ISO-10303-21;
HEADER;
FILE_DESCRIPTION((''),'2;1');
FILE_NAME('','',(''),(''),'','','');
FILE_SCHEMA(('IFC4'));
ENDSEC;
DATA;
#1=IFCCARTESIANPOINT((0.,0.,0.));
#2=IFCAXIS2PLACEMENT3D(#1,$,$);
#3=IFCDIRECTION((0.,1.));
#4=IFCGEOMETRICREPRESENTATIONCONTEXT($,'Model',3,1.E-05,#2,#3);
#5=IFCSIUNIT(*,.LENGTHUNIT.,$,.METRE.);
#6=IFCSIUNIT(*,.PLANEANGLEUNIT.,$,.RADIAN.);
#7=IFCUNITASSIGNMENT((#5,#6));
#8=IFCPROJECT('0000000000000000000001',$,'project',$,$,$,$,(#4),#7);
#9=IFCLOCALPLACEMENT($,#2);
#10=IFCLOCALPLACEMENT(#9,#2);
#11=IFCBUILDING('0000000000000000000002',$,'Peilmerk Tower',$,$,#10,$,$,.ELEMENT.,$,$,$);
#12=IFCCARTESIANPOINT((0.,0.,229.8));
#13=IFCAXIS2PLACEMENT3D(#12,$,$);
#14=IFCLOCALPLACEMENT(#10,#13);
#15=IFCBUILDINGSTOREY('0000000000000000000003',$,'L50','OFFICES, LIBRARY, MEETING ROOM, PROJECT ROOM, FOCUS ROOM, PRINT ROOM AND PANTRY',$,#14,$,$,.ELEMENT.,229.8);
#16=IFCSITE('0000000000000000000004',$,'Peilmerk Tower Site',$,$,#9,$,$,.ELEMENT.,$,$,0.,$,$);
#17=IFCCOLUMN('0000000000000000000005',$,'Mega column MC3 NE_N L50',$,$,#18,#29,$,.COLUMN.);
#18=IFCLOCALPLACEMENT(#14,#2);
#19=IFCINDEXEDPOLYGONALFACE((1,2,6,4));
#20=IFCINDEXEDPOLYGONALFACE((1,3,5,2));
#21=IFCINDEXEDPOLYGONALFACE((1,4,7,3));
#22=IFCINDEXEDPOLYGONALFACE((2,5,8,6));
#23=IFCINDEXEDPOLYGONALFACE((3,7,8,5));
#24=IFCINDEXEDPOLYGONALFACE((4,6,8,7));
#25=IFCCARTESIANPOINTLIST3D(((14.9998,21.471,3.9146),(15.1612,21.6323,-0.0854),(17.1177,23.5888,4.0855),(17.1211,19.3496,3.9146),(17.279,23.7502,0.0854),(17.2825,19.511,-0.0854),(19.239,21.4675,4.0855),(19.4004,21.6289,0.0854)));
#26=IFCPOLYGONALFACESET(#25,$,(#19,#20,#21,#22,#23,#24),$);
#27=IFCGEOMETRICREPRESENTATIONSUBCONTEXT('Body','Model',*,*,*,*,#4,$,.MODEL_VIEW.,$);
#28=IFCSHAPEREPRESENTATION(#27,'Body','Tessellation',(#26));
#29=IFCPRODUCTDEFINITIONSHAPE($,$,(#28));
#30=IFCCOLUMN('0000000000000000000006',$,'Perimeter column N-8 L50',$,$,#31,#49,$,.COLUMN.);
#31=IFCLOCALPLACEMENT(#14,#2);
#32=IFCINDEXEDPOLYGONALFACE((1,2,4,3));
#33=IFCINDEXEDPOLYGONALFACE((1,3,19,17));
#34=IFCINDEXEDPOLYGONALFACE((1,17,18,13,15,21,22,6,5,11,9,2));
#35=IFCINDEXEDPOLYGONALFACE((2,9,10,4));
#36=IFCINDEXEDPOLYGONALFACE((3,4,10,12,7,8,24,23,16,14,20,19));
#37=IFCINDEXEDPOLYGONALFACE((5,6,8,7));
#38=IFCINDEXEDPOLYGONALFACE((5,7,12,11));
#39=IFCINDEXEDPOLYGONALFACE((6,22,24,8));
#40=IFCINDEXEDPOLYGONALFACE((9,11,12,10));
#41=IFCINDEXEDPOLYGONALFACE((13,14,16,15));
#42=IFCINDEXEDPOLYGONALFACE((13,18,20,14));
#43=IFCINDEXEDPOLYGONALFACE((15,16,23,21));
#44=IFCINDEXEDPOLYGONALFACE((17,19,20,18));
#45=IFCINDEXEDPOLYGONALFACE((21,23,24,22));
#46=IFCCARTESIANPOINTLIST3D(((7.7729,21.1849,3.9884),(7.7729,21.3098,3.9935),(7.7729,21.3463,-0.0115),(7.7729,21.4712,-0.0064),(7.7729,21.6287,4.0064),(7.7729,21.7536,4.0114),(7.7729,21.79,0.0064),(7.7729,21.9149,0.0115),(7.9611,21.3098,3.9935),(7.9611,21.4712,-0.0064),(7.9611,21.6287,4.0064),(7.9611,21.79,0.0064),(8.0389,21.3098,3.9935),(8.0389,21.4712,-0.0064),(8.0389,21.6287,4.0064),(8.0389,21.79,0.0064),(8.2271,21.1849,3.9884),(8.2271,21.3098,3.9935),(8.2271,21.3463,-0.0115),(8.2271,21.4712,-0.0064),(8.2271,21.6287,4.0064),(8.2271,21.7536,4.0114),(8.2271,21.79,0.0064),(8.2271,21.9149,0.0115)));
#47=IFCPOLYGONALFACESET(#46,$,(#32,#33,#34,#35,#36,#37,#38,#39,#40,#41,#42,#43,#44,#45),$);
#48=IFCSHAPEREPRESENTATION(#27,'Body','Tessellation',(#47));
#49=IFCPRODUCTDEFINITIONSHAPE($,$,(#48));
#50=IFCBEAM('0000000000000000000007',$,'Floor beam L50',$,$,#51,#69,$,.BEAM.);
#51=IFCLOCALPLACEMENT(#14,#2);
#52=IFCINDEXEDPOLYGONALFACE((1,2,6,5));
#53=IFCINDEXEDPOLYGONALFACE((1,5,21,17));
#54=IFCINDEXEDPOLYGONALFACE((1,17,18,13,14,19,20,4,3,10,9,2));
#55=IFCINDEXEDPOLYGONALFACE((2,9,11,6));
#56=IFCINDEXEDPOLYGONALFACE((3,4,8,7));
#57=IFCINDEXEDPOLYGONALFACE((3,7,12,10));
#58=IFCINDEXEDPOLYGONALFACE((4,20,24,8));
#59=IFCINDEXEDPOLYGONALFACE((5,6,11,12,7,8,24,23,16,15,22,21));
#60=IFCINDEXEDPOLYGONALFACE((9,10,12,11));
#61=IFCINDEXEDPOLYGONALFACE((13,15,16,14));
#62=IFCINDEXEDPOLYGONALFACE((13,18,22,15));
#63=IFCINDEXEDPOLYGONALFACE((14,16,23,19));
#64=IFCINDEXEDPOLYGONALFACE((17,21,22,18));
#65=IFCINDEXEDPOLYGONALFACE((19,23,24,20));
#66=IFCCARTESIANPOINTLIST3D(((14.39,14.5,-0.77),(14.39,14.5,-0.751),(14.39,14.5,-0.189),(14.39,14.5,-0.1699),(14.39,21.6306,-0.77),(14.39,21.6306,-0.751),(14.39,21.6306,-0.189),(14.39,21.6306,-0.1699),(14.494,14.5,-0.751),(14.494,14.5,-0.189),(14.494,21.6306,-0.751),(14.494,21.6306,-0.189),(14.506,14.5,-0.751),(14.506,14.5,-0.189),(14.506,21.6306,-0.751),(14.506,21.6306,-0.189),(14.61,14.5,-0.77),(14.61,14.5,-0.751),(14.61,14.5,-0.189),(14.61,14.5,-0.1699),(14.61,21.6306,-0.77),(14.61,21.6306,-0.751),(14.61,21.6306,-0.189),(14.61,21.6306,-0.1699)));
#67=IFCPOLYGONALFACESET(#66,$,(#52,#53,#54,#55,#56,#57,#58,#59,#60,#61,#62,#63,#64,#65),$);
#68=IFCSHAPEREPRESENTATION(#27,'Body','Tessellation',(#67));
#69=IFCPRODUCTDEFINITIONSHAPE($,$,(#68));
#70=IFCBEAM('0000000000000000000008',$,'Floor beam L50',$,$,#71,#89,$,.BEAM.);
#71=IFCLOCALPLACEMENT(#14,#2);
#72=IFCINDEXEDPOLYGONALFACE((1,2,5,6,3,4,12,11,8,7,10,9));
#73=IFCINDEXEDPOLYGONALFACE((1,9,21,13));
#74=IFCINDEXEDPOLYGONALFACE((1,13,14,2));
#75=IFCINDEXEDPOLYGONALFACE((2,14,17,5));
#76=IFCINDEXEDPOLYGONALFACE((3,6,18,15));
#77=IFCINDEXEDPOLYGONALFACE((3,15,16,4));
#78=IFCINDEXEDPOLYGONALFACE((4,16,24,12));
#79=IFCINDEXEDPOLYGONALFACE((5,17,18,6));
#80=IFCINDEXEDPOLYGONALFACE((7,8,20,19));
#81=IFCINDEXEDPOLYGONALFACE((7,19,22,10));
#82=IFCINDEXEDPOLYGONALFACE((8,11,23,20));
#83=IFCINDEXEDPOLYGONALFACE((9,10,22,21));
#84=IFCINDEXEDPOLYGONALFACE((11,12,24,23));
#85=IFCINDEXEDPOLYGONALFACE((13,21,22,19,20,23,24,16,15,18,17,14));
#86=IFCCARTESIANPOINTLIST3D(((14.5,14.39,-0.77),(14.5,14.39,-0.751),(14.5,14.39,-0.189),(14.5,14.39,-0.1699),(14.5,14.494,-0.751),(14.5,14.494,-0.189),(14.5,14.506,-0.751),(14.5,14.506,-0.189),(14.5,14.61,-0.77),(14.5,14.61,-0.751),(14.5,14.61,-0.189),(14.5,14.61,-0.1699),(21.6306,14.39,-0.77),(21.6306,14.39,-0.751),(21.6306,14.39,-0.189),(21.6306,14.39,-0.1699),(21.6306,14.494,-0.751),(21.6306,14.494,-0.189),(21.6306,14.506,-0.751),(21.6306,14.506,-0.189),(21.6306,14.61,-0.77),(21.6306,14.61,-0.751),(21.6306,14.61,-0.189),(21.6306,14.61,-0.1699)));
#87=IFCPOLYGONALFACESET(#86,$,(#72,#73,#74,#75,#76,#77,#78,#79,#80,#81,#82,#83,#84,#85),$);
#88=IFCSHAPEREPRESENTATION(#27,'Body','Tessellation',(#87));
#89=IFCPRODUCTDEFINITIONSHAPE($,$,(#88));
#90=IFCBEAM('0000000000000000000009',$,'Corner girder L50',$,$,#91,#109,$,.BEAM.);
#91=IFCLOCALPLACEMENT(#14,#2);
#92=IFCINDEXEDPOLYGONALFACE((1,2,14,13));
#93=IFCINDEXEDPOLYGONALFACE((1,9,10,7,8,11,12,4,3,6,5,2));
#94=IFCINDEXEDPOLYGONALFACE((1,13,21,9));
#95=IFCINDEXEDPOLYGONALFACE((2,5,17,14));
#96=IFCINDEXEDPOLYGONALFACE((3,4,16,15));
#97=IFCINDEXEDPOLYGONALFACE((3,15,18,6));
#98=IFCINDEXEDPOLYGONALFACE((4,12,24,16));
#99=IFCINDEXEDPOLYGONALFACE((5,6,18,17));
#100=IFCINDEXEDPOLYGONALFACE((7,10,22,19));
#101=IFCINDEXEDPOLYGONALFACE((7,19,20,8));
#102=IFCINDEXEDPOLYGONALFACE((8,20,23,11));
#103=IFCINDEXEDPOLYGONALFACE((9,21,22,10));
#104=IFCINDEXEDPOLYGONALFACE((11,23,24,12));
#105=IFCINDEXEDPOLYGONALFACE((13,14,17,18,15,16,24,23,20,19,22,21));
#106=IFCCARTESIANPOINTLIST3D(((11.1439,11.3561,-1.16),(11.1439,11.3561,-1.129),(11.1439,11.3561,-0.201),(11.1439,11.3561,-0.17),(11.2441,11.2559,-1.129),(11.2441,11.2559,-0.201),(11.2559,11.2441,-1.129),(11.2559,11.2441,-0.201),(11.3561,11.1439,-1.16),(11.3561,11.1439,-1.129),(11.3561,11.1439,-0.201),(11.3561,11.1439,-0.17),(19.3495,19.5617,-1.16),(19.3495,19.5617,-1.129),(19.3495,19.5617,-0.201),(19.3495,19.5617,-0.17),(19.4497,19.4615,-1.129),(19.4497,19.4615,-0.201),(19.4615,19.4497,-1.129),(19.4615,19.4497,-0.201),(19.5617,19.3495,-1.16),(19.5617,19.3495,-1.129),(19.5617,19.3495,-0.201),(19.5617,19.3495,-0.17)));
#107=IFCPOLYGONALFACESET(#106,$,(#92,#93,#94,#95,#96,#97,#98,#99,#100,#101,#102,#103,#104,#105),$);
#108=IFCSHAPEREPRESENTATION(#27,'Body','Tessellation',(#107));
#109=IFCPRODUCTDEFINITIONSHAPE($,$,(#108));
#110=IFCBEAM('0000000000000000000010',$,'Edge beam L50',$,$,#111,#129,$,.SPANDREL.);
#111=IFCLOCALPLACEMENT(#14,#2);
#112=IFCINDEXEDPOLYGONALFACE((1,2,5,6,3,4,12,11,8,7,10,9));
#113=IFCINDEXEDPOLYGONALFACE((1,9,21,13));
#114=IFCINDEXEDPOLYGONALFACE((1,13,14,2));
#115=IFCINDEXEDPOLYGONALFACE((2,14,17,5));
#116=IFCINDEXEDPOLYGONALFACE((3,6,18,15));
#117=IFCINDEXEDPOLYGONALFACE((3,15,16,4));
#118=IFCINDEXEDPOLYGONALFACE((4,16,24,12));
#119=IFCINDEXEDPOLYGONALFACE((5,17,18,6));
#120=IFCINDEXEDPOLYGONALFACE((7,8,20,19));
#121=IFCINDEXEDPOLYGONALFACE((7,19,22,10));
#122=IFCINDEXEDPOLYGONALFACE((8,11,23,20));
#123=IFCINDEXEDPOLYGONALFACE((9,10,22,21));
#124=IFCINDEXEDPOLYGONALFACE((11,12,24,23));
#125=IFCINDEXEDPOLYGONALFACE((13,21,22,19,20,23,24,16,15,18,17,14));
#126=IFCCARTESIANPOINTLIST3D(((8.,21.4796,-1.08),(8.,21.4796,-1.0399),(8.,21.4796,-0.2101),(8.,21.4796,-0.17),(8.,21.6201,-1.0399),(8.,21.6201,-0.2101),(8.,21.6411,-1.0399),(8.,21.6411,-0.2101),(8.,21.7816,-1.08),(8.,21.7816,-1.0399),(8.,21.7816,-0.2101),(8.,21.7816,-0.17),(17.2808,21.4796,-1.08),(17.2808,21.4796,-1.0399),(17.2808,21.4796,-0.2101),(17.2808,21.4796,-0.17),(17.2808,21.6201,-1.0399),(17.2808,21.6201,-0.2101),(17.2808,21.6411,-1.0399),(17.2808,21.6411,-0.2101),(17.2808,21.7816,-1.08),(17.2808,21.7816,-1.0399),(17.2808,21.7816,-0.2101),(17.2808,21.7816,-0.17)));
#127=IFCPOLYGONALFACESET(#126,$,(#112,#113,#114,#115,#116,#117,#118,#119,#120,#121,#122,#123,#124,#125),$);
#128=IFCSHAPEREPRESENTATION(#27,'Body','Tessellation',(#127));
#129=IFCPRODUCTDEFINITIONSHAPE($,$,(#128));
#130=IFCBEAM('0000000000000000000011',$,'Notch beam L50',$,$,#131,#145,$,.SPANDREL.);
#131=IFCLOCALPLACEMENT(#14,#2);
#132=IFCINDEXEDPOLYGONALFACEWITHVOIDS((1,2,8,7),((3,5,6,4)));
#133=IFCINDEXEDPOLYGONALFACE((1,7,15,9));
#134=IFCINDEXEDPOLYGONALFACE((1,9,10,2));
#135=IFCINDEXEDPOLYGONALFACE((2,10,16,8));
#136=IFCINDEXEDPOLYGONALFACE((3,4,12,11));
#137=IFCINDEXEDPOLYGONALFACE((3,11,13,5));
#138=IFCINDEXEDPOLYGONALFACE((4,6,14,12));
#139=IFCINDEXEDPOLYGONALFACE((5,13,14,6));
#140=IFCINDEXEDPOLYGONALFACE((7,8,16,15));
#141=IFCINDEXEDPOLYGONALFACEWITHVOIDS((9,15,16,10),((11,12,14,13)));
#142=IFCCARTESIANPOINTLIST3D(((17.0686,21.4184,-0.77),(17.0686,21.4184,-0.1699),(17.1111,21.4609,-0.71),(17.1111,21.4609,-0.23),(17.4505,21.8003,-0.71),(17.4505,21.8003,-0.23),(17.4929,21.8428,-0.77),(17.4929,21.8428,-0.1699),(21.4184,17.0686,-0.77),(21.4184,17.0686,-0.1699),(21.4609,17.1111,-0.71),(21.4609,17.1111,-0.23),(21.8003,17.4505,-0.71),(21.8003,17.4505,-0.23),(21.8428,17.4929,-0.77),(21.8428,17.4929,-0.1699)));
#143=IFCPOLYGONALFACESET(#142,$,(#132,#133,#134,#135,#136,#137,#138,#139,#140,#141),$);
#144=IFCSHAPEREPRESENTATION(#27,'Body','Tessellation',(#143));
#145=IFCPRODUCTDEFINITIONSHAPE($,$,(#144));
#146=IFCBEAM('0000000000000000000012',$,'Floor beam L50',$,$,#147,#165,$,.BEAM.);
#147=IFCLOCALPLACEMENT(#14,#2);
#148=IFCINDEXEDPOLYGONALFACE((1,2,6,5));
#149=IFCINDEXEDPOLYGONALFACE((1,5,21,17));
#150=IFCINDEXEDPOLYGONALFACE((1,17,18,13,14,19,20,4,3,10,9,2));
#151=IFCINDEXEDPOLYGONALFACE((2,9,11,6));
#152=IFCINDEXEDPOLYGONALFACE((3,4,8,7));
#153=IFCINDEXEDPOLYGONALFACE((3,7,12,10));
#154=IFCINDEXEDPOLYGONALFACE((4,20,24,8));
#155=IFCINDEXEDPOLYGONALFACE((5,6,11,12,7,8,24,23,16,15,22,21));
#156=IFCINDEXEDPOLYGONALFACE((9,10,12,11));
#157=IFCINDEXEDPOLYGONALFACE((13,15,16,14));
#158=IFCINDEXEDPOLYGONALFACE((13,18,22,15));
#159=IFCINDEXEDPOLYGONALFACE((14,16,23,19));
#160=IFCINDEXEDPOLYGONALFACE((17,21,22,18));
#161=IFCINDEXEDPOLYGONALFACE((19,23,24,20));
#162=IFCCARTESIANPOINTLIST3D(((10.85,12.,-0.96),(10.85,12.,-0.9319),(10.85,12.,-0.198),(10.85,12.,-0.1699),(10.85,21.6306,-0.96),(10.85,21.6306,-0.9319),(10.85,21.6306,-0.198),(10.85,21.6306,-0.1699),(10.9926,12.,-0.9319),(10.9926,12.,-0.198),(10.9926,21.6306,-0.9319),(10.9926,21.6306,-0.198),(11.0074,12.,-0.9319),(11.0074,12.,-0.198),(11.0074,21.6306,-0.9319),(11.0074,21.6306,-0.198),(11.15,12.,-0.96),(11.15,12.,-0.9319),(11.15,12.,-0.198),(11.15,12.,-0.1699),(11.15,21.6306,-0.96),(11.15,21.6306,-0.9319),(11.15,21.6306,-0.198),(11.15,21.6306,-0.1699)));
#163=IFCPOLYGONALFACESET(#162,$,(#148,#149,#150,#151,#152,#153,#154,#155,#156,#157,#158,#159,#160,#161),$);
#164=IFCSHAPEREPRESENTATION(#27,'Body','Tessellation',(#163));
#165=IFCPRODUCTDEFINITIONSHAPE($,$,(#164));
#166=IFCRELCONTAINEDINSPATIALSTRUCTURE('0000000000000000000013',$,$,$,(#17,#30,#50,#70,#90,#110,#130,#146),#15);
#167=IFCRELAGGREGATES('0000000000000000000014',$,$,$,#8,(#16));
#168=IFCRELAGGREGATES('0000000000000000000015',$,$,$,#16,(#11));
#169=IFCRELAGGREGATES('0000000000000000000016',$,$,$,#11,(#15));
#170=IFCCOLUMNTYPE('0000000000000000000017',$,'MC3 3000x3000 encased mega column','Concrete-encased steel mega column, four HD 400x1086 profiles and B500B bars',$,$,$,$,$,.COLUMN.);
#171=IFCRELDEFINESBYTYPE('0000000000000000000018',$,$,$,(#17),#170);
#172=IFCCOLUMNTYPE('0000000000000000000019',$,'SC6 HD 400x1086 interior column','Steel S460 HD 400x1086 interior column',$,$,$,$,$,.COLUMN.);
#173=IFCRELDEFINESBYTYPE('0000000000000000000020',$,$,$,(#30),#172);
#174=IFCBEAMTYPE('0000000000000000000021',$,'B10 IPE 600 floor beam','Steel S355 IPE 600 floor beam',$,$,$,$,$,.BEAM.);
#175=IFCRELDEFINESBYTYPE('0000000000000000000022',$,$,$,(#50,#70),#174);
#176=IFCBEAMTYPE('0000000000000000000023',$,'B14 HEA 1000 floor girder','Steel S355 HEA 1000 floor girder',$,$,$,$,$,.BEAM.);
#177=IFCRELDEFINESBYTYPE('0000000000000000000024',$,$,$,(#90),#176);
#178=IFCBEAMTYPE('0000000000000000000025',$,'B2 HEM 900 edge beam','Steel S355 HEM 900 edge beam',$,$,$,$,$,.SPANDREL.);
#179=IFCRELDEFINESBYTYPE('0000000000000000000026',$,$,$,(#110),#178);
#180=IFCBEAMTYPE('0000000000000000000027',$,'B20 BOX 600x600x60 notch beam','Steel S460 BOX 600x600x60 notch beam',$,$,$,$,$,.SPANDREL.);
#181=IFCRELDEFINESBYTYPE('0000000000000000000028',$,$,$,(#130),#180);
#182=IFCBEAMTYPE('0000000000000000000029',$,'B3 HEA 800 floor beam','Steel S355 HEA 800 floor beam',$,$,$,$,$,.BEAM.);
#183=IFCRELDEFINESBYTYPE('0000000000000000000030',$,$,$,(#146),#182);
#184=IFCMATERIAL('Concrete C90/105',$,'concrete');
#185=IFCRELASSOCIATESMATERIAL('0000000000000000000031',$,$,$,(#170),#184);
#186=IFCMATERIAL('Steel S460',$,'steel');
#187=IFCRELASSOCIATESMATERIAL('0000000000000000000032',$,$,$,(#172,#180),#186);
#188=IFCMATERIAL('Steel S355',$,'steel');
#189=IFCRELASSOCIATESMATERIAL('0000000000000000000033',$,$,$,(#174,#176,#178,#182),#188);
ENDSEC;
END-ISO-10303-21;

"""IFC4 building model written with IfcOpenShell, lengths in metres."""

from ifc_helpers import new_model, si_unit, direction, frame, origin, origin_2d, place, context, subcontext, project, spatial, rectangle, hollow_rectangle, i_section, extrude, material, material_profile, profile_set, type_object, element, save


model = new_model("IFC4")

# Units and contexts
model_context = context("Model", 3, precision=1e-05, world=origin(), true_north=direction((0.0, 1.0)))
body_context = subcontext(model_context, "Body", "Model", "MODEL_VIEW")
ifc_project = project(units=[si_unit("LENGTHUNIT", "METRE"), si_unit("PLANEANGLEUNIT", "RADIAN")], contexts=[model_context])

# Site, building, storey
site_placement = place(None, origin())
site = spatial("IfcSite", under=ifc_project, at=site_placement, Name="Peilmerk Tower Site", CompositionType="ELEMENT", RefElevation=0.0)
building_placement = place(site_placement, origin())
building = spatial("IfcBuilding", under=site, at=building_placement, Name="Peilmerk Tower", CompositionType="ELEMENT")
storey_placement = place(building_placement, frame((0.0, 0.0, 229.8)))
storey = spatial("IfcBuildingStorey", under=building, at=storey_placement, Name="L50", Description="OFFICES, LIBRARY, MEETING ROOM, PROJECT ROOM, FOCUS ROOM, PRINT ROOM AND PANTRY", CompositionType="ELEMENT", Elevation=229.8)

# Columns
ifc_material_1 = material(Name="Concrete C90/105", Category="concrete")
ifc_material_profile_1 = material_profile(ifc_material_1, rectangle(XDim=3.0, YDim=3.0, at=origin_2d()), Name="RC 3000x3000")
ifc_profile_set_1 = profile_set([ifc_material_profile_1], Name="Concrete C90/105")
column_type_1 = type_object("IfcColumnType", Name="MC3 3000x3000 encased mega column", Description="Concrete-encased steel mega column, four HD 400x1086 profiles and B500B bars", PredefinedType="COLUMN", material=ifc_profile_set_1)
column_1_placement = place(storey_placement, frame((17.2808, 21.6306, 0.0), z_axis=(-0.040279, -0.040279, 0.998376), x_axis=(0.707107, -0.707107, 0.0)))
element("IfcColumn", 1, at=column_1_placement, inside=storey, type_object=column_type_1, Name="Mega column MC3 NE_N L50", PredefinedType="COLUMN", context=body_context, shape_type="SweptSolid", body=[
    extrude(rectangle(XDim=3.0, YDim=3.0, at=origin_2d()), origin(), (0.0, 0.0, 1.0), 4.0066),
])
ifc_material_2 = material(Name="Steel S460", Category="steel")
ifc_material_profile_2 = material_profile(ifc_material_2, i_section(OverallWidth=0.4541, OverallDepth=0.5691, WebThickness=0.0779, FlangeThickness=0.125, at=origin_2d()), Name="HD 400x1086")
ifc_profile_set_2 = profile_set([ifc_material_profile_2], Name="Steel S460")
column_type_2 = type_object("IfcColumnType", Name="SC6 HD 400x1086 interior column", Description="Steel S460 HD 400x1086 interior column", PredefinedType="COLUMN", material=ifc_profile_set_2)
column_2_placement = place(storey_placement, frame((8.0, 21.6306, 0.0), z_axis=(0.0, -0.040311, 0.999187), x_axis=(1.0, 0.0, 0.0)))
element("IfcColumn", 2, at=column_2_placement, inside=storey, type_object=column_type_2, Name="Perimeter column N-8 L50", PredefinedType="COLUMN", context=body_context, shape_type="SweptSolid", body=[
    extrude(i_section(OverallWidth=0.4541, OverallDepth=0.5691, WebThickness=0.0779, FlangeThickness=0.125, at=origin_2d()), origin(), (0.0, 0.0, 1.0), 4.0032),
])

# Beams
ifc_material_3 = material(Name="Steel S355", Category="steel")
ifc_material_profile_3 = material_profile(ifc_material_3, i_section(OverallWidth=0.22, OverallDepth=0.6001, WebThickness=0.012, FlangeThickness=0.019, at=origin_2d()), Name="IPE 600")
ifc_profile_set_3 = profile_set([ifc_material_profile_3], Name="Steel S355")
beam_type_1 = type_object("IfcBeamType", Name="B10 IPE 600 floor beam", Description="Steel S355 IPE 600 floor beam", PredefinedType="BEAM", material=ifc_profile_set_3)
for number, where, z_axis, x_axis, name in (
    (3, (14.5, 14.5, -0.47), (0.0, 1.0, 0.0), (-1.0, 0.0, 0.0), "Floor beam L50"),
    (4, (14.5, 14.5, -0.47), (1.0, 0.0, 0.0), (0.0, 1.0, 0.0), "Floor beam L50"),
):
    element("IfcBeam", number, at=place(storey_placement, frame(where, z_axis=z_axis, x_axis=x_axis)), inside=storey, type_object=beam_type_1, Name=name, PredefinedType="BEAM", context=body_context, shape_type="SweptSolid", body=[
        extrude(i_section(OverallWidth=0.22, OverallDepth=0.6001, WebThickness=0.012, FlangeThickness=0.019, at=origin_2d()), origin(), (0.0, 0.0, 1.0), 7.1306),
    ])
ifc_material_profile_4 = material_profile(ifc_material_3, i_section(OverallWidth=0.3, OverallDepth=0.99, WebThickness=0.0166, FlangeThickness=0.031, at=origin_2d()), Name="HEA 1000")
ifc_profile_set_4 = profile_set([ifc_material_profile_4], Name="Steel S355")
beam_type_2 = type_object("IfcBeamType", Name="B14 HEA 1000 floor girder", Description="Steel S355 HEA 1000 floor girder", PredefinedType="BEAM", material=ifc_profile_set_4)
beam_1_placement = place(storey_placement, frame((11.25, 11.25, -0.665), z_axis=(0.707107, 0.707107, 0.0), x_axis=(-0.707107, 0.707107, 0.0)))
element("IfcBeam", 5, at=beam_1_placement, inside=storey, type_object=beam_type_2, Name="Corner girder L50", PredefinedType="BEAM", context=body_context, shape_type="SweptSolid", body=[
    extrude(i_section(OverallWidth=0.3, OverallDepth=0.99, WebThickness=0.0166, FlangeThickness=0.031, at=origin_2d()), origin(), (0.0, 0.0, 1.0), 11.6045),
])
ifc_material_profile_5 = material_profile(ifc_material_3, i_section(OverallWidth=0.302, OverallDepth=0.9099, WebThickness=0.021, FlangeThickness=0.04, at=origin_2d()), Name="HEM 900")
ifc_profile_set_5 = profile_set([ifc_material_profile_5], Name="Steel S355")
beam_type_3 = type_object("IfcBeamType", Name="B2 HEM 900 edge beam", Description="Steel S355 HEM 900 edge beam", PredefinedType="SPANDREL", material=ifc_profile_set_5)
beam_2_placement = place(storey_placement, frame((17.2808, 21.6306, -0.625), z_axis=(-1.0, 0.0, 0.0), x_axis=(0.0, -1.0, 0.0)))
element("IfcBeam", 6, at=beam_2_placement, inside=storey, type_object=beam_type_3, Name="Edge beam L50", PredefinedType="SPANDREL", context=body_context, shape_type="SweptSolid", body=[
    extrude(i_section(OverallWidth=0.302, OverallDepth=0.9099, WebThickness=0.021, FlangeThickness=0.04, at=origin_2d()), origin(), (0.0, 0.0, 1.0), 9.2808),
])
ifc_material_profile_6 = material_profile(ifc_material_2, hollow_rectangle(XDim=0.6001, YDim=0.6001, WallThickness=0.0601, at=origin_2d()), Name="BOX 600x600x60")
ifc_profile_set_6 = profile_set([ifc_material_profile_6], Name="Steel S460")
beam_type_4 = type_object("IfcBeamType", Name="B20 BOX 600x600x60 notch beam", Description="Steel S460 BOX 600x600x60 notch beam", PredefinedType="SPANDREL", material=ifc_profile_set_6)
beam_3_placement = place(storey_placement, frame((17.2808, 21.6306, -0.47), z_axis=(0.707107, -0.707107, 0.0), x_axis=(0.707107, 0.707107, 0.0)))
element("IfcBeam", 7, at=beam_3_placement, inside=storey, type_object=beam_type_4, Name="Notch beam L50", PredefinedType="SPANDREL", context=body_context, shape_type="SweptSolid", body=[
    extrude(hollow_rectangle(XDim=0.6001, YDim=0.6001, WallThickness=0.0601, at=origin_2d()), origin(), (0.0, 0.0, 1.0), 6.1516),
])
ifc_material_profile_7 = material_profile(ifc_material_3, i_section(OverallWidth=0.3, OverallDepth=0.79, WebThickness=0.0149, FlangeThickness=0.0281, at=origin_2d()), Name="HEA 800")
ifc_profile_set_7 = profile_set([ifc_material_profile_7], Name="Steel S355")
beam_type_5 = type_object("IfcBeamType", Name="B3 HEA 800 floor beam", Description="Steel S355 HEA 800 floor beam", PredefinedType="BEAM", material=ifc_profile_set_7)
for number, where, z_axis, x_axis, name in (
    (8, (11.0, 12.0, -0.5649), (0.0, 1.0, 0.0), (-1.0, 0.0, 0.0), "Floor beam L50"),
):
    element("IfcBeam", number, at=place(storey_placement, frame(where, z_axis=z_axis, x_axis=x_axis)), inside=storey, type_object=beam_type_5, Name=name, PredefinedType="BEAM", context=body_context, shape_type="SweptSolid", body=[
        extrude(i_section(OverallWidth=0.3, OverallDepth=0.79, WebThickness=0.0149, FlangeThickness=0.0281, at=origin_2d()), origin(), (0.0, 0.0, 1.0), 9.6306),
    ])

save(model, "model.ifc")
